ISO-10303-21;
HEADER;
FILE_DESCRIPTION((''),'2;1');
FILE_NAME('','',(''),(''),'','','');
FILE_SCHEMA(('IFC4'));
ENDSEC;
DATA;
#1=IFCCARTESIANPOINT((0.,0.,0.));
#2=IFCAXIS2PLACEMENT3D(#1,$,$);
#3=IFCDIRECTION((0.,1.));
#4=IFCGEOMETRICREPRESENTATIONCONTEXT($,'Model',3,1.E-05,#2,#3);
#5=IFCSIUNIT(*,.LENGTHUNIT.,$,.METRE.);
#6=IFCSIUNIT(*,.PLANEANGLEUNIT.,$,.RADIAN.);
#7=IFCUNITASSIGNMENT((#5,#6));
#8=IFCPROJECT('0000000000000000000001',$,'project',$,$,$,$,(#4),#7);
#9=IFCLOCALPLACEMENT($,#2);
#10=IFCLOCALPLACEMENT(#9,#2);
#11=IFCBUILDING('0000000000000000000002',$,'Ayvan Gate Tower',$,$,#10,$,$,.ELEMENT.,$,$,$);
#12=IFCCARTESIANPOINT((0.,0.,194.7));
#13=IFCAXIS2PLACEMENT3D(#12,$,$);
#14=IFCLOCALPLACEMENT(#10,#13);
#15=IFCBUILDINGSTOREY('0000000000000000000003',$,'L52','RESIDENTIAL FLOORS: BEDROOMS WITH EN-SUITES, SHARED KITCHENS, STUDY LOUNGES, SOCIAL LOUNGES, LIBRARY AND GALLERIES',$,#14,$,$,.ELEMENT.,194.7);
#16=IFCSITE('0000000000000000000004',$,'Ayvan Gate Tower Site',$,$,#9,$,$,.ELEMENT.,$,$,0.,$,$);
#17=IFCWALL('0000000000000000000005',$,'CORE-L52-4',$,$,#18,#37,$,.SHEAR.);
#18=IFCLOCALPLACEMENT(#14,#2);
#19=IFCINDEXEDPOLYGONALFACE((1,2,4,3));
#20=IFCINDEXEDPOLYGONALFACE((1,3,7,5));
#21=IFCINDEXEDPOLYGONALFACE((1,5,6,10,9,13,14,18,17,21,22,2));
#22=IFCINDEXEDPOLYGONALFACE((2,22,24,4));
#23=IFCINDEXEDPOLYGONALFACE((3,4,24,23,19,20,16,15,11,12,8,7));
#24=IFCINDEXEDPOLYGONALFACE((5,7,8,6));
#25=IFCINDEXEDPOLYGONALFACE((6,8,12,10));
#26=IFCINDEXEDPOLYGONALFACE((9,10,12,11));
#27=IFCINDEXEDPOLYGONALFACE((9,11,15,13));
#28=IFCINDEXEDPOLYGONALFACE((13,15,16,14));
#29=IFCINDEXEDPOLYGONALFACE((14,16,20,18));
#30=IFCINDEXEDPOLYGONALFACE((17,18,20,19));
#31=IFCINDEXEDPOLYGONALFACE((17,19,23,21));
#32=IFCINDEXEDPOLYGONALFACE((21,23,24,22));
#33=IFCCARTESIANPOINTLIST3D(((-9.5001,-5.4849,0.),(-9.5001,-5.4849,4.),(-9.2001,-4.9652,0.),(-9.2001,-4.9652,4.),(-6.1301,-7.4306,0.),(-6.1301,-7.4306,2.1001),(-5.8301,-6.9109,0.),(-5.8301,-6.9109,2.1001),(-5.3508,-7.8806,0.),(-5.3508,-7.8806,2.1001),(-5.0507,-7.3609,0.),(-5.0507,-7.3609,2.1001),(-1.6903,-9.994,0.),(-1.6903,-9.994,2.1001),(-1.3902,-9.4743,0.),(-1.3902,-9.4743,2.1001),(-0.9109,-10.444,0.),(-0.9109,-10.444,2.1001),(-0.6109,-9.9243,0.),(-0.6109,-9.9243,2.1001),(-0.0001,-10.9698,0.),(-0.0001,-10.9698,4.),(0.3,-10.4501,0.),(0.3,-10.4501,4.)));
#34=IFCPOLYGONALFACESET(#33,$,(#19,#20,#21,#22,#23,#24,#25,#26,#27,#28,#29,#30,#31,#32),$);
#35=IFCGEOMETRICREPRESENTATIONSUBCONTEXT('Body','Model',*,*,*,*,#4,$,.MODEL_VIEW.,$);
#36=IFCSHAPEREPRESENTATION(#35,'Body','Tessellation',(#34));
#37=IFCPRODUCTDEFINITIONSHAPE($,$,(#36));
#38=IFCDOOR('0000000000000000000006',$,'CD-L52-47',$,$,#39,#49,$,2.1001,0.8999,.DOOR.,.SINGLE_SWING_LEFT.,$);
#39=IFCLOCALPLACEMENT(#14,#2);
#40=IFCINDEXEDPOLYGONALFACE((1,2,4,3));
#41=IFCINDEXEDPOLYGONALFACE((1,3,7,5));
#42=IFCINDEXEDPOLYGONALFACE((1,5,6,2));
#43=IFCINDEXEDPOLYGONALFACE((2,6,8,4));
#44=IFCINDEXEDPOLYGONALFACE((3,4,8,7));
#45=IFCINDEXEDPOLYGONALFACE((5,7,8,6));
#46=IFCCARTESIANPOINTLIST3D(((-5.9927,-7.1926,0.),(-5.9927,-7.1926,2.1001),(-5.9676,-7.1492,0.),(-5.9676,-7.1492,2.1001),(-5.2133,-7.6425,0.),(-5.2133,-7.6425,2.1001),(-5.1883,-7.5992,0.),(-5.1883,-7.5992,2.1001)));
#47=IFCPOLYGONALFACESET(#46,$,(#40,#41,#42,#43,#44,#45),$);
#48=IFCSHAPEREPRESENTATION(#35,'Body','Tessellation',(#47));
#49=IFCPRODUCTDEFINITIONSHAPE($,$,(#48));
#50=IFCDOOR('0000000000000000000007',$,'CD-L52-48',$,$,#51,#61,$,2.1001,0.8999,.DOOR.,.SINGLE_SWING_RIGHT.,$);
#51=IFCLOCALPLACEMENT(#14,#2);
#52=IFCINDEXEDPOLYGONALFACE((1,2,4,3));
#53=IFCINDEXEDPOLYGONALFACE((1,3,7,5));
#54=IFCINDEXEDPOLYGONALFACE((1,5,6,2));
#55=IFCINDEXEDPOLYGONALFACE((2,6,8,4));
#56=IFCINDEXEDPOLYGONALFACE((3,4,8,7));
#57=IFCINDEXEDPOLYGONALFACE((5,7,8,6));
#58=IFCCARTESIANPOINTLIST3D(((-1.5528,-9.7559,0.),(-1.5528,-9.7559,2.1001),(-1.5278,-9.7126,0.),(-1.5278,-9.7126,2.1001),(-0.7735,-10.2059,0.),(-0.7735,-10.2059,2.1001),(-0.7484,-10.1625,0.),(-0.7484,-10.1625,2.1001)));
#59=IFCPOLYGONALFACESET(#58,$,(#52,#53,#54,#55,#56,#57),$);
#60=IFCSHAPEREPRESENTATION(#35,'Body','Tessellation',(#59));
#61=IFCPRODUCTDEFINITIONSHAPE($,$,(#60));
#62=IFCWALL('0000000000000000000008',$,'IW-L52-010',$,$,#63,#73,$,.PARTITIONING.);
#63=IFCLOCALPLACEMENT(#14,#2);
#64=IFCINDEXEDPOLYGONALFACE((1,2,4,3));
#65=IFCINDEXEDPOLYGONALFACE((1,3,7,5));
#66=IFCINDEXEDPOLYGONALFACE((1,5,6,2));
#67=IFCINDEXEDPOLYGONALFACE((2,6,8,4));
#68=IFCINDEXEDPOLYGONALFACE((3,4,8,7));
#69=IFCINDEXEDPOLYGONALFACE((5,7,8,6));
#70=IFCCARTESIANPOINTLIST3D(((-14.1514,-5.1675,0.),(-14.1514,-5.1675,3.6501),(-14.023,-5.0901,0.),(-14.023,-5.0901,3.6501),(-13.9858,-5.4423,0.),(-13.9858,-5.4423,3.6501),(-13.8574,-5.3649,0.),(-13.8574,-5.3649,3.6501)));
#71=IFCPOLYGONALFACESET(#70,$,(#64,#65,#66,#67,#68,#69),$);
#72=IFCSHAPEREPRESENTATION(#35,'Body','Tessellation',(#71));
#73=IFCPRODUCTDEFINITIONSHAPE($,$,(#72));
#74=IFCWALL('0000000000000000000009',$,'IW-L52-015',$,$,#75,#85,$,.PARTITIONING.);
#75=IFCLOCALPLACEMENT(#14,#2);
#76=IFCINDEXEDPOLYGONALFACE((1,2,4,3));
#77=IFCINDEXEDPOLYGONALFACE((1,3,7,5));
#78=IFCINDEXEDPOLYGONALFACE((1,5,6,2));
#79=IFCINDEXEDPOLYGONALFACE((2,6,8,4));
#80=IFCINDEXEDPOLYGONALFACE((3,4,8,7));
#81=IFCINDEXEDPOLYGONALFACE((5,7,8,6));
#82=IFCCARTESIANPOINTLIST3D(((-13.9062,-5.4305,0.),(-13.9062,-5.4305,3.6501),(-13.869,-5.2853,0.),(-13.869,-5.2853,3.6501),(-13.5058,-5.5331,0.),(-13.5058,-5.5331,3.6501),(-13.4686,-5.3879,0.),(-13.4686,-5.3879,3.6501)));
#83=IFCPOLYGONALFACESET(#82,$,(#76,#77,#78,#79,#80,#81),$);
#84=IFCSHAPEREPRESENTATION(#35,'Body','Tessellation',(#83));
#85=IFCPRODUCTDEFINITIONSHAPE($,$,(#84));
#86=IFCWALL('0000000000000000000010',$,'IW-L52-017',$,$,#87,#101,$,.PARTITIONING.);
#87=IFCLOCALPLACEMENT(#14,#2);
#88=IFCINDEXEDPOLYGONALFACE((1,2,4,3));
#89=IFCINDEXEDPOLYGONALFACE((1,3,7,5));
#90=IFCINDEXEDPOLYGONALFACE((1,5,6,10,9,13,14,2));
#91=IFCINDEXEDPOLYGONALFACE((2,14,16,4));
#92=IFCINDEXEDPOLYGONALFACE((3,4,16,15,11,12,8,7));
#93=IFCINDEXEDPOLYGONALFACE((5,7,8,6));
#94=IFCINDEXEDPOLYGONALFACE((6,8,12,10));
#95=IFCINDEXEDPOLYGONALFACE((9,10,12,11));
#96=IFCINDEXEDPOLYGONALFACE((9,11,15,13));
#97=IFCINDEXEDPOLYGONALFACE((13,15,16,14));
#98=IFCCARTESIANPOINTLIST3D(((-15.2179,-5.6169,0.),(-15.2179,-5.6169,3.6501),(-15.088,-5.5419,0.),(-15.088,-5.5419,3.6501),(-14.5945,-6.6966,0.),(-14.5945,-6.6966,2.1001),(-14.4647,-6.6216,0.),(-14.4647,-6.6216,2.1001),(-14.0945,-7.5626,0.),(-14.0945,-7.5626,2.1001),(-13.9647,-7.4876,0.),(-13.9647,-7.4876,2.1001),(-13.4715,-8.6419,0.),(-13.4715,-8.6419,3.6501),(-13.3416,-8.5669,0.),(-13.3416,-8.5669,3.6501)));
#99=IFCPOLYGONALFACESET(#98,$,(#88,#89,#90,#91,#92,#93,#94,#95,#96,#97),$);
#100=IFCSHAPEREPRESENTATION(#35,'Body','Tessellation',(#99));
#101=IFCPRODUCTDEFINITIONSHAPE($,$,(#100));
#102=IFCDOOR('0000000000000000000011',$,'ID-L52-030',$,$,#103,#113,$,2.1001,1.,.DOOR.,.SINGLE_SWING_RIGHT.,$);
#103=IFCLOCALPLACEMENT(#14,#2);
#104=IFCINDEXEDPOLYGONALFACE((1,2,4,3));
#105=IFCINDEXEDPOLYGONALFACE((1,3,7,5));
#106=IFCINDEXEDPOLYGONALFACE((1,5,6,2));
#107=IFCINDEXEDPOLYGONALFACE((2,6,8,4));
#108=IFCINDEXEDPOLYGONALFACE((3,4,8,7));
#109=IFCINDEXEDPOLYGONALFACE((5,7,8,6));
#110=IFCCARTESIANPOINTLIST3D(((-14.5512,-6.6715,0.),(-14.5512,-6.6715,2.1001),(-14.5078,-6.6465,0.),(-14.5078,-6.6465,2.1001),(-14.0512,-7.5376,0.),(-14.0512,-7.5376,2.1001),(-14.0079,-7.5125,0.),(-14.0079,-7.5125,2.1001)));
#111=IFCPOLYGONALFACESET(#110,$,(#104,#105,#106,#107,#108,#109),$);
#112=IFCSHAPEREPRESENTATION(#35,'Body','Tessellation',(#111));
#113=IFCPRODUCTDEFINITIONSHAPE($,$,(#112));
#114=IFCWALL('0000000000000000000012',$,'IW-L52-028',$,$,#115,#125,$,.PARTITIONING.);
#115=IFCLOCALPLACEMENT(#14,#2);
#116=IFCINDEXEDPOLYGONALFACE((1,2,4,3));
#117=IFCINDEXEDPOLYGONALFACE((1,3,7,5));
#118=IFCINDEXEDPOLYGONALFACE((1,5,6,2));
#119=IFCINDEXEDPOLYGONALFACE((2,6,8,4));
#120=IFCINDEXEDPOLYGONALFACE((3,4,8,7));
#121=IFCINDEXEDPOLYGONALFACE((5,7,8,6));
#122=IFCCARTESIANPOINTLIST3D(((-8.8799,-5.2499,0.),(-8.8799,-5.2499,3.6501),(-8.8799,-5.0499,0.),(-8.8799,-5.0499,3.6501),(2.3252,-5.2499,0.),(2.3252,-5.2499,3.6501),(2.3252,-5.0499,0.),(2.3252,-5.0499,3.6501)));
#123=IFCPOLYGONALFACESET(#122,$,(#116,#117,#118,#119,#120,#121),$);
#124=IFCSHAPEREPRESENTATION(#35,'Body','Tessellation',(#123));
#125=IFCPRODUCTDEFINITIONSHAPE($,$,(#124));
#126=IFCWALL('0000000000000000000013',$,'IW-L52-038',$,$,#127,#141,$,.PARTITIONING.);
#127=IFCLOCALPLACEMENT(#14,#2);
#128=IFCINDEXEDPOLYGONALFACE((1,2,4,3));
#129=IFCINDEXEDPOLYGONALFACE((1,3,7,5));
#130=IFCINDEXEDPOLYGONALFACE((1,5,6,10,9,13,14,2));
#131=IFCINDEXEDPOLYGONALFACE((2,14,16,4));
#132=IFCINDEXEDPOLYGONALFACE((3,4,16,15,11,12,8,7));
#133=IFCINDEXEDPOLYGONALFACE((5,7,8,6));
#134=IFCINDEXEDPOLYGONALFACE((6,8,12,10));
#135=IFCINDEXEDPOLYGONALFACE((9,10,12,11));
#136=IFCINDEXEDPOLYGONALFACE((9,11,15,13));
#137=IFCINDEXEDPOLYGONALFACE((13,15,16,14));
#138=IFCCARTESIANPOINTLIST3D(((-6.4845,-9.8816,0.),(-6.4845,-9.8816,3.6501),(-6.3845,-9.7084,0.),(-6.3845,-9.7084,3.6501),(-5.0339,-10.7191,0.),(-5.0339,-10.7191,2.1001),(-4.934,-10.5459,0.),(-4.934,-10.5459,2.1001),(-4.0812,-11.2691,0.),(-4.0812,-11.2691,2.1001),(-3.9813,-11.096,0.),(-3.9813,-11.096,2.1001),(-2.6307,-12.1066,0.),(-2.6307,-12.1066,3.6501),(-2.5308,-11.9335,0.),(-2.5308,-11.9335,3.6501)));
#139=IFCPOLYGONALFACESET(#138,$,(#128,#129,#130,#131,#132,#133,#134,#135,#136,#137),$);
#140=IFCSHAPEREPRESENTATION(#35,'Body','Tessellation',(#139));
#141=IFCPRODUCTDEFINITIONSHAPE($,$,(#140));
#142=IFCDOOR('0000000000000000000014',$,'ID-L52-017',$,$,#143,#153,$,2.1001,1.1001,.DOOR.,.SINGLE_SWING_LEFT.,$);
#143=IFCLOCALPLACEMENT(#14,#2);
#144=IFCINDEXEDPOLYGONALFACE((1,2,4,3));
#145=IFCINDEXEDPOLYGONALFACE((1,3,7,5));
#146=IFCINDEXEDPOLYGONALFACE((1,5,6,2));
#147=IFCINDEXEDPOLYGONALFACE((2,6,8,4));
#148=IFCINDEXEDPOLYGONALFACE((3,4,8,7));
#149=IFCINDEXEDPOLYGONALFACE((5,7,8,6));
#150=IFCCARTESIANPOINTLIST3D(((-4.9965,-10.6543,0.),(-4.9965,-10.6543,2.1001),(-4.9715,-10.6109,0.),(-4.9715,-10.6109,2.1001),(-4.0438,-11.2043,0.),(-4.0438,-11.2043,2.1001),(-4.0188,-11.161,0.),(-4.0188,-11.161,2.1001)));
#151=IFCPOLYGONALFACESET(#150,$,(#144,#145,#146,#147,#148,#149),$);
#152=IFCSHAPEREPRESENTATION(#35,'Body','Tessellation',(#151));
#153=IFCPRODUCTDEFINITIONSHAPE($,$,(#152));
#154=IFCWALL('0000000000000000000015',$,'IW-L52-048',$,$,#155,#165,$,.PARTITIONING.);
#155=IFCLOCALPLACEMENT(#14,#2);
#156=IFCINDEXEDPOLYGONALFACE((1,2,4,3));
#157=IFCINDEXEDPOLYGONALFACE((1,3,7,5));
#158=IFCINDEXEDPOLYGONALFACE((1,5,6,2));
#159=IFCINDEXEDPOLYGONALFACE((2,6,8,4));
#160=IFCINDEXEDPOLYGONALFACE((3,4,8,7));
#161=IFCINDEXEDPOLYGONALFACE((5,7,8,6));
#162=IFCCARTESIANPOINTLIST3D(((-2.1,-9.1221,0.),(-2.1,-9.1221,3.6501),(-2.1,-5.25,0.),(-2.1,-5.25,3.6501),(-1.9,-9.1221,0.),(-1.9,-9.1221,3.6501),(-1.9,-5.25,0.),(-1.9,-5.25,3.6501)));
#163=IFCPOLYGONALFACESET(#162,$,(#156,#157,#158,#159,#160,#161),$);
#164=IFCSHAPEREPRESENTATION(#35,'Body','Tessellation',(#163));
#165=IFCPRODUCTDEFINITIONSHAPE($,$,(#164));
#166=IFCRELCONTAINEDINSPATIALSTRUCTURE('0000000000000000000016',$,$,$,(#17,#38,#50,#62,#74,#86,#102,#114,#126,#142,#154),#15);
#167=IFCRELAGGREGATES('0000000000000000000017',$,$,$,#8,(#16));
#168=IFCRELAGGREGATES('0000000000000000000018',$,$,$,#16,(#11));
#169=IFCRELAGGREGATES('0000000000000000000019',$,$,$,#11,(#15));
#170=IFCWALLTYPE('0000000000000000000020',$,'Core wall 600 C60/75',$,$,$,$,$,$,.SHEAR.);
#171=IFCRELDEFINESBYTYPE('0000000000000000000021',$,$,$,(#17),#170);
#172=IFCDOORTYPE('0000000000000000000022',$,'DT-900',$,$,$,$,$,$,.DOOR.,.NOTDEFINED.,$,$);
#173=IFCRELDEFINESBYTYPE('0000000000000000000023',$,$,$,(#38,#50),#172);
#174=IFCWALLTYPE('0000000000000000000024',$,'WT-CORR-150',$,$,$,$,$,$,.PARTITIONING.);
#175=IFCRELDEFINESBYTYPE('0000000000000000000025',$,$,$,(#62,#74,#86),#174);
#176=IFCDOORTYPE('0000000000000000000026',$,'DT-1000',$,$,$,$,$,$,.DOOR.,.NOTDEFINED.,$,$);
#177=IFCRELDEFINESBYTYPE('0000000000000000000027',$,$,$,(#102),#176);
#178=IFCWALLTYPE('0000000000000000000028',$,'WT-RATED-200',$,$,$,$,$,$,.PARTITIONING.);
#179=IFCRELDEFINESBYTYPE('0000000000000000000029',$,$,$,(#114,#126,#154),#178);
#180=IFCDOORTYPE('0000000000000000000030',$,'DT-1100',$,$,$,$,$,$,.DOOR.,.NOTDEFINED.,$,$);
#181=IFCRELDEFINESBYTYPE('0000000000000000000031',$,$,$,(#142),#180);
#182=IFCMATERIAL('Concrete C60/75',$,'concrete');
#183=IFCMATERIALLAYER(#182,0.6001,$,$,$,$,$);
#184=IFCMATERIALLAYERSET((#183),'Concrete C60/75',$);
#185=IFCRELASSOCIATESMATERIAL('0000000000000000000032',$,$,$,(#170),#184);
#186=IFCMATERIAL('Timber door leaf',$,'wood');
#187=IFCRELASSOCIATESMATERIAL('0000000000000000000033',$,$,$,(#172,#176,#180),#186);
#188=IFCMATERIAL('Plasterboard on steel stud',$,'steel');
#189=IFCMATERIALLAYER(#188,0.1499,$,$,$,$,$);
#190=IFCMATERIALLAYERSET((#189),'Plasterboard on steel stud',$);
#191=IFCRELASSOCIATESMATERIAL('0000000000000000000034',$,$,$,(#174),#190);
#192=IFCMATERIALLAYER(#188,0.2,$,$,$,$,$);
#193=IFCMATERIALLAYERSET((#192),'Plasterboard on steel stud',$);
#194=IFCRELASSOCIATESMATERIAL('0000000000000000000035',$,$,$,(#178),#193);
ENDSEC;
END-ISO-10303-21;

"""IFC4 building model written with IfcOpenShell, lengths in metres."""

from ifc_helpers import new_model, si_unit, direction, frame, frame_2d, origin, place, context, subcontext, project, spatial, rectangle, extrude, material, layer, layer_set, type_object, element, fill, save


model = new_model("IFC4")

# Units and contexts
model_context = context("Model", 3, precision=1e-05, world=origin(), true_north=direction((0.0, 1.0)))
body_context = subcontext(model_context, "Body", "Model", "MODEL_VIEW")
ifc_project = project(units=[si_unit("LENGTHUNIT", "METRE"), si_unit("PLANEANGLEUNIT", "RADIAN")], contexts=[model_context])

# Site, building, storey
site_placement = place(None, origin())
site = spatial("IfcSite", under=ifc_project, at=site_placement, Name="Ayvan Gate Tower Site", CompositionType="ELEMENT", RefElevation=0.0)
building_placement = place(site_placement, origin())
building = spatial("IfcBuilding", under=site, at=building_placement, Name="Ayvan Gate Tower", CompositionType="ELEMENT")
storey_placement = place(building_placement, frame((0.0, 0.0, 194.7)))
storey = spatial("IfcBuildingStorey", under=building, at=storey_placement, Name="L52", Description="RESIDENTIAL FLOORS: BEDROOMS WITH EN-SUITES, SHARED KITCHENS, STUDY LOUNGES, SOCIAL LOUNGES, LIBRARY AND GALLERIES", CompositionType="ELEMENT", Elevation=194.7)

# Wall, openings, doors
ifc_material_1 = material(Name="Concrete C60/75", Category="concrete")
ifc_layer_1 = layer(ifc_material_1, 0.6001)
ifc_layer_set_1 = layer_set([ifc_layer_1], Name="Concrete C60/75")
wall_type_1 = type_object("IfcWallType", Name="Core wall 600 C60/75", PredefinedType="SHEAR", material=ifc_layer_set_1)
wall_1_placement = place(storey_placement, frame((-9.3501, -5.2251, 0.0), z_axis=(0.0, 0.0, 1.0), x_axis=(0.866024, -0.500002, 0.0)))
wall_1 = element("IfcWall", 1, at=wall_1_placement, inside=storey, type_object=wall_type_1, Name="CORE-L52-4", PredefinedType="SHEAR", context=body_context, shape_type="SweptSolid", body=[
    extrude(rectangle(XDim=10.9697, YDim=0.6001, at=frame_2d((5.4849, 0.0))), origin(), (0.0, 0.0, 1.0), 4.0),
])
opening_1_placement = place(wall_1_placement, frame((3.8914, 0.0, 0.0)))
opening_1 = element("IfcOpeningElement", 2, at=opening_1_placement, cuts=wall_1, PredefinedType="OPENING", context=body_context, shape_type="SweptSolid", body=[
    extrude(rectangle(XDim=0.8999, YDim=2.1001, at=frame_2d((0.45, 1.05))), frame((0.0, 0.3101, 0.0), z_axis=(0.0, -1.0, 0.0), x_axis=(1.0, 0.0, 0.0)), (0.0, 0.0, 1.0), 0.6201),
])
opening_2_placement = place(wall_1_placement, frame((9.0181, 0.0, 0.0)))
opening_2 = element("IfcOpeningElement", 3, at=opening_2_placement, cuts=wall_1, PredefinedType="OPENING", context=body_context, shape_type="SweptSolid", body=[
    extrude(rectangle(XDim=0.8999, YDim=2.1001, at=frame_2d((0.45, 1.05))), frame((0.0, 0.3101, 0.0), z_axis=(0.0, -1.0, 0.0), x_axis=(1.0, 0.0, 0.0)), (0.0, 0.0, 1.0), 0.6201),
])
ifc_material_2 = material(Name="Timber door leaf", Category="wood")
door_type_1 = type_object("IfcDoorType", Name="DT-900", OperationType="NOTDEFINED", PredefinedType="DOOR", material=ifc_material_2)
door_1_placement = place(opening_1_placement, origin())
door_1 = element("IfcDoor", 4, at=door_1_placement, inside=storey, type_object=door_type_1, Name="CD-L52-47", OperationType="SINGLE_SWING_LEFT", OverallHeight=2.1001, OverallWidth=0.8999, PredefinedType="DOOR", context=body_context, shape_type="SweptSolid", body=[
    extrude(rectangle(XDim=0.8999, YDim=2.1001, at=frame_2d((0.45, 1.05))), frame((0.0, 0.0249, 0.0), z_axis=(0.0, -1.0, 0.0), x_axis=(1.0, 0.0, 0.0)), (0.0, 0.0, 1.0), 0.05),
])
fill(opening_1, door_1)
door_2_placement = place(opening_2_placement, origin())
door_2 = element("IfcDoor", 5, at=door_2_placement, inside=storey, type_object=door_type_1, Name="CD-L52-48", OperationType="SINGLE_SWING_RIGHT", OverallHeight=2.1001, OverallWidth=0.8999, PredefinedType="DOOR", context=body_context, shape_type="SweptSolid", body=[
    extrude(rectangle(XDim=0.8999, YDim=2.1001, at=frame_2d((0.45, 1.05))), frame((0.0, 0.0249, 0.0), z_axis=(0.0, -1.0, 0.0), x_axis=(1.0, 0.0, 0.0)), (0.0, 0.0, 1.0), 0.05),
])
fill(opening_2, door_2)

# Walls
ifc_material_3 = material(Name="Plasterboard on steel stud", Category="steel")
ifc_layer_2 = layer(ifc_material_3, 0.1499)
ifc_layer_set_2 = layer_set([ifc_layer_2], Name="Plasterboard on steel stud")
wall_type_2 = type_object("IfcWallType", Name="WT-CORR-150", PredefinedType="PARTITIONING", material=ifc_layer_set_2)
wall_2_placement = place(storey_placement, frame((-13.9216, -5.4036, 0.0), z_axis=(0.0, 0.0, 1.0), x_axis=(-0.516174, 0.856484, 0.0)))
element("IfcWall", 6, at=wall_2_placement, inside=storey, type_object=wall_type_2, Name="IW-L52-010", PredefinedType="PARTITIONING", context=body_context, shape_type="SweptSolid", body=[
    extrude(rectangle(XDim=0.3208, YDim=0.1499, at=frame_2d((0.1604, 0.0))), origin(), (0.0, 0.0, 1.0), 3.6501),
])
wall_3_placement = place(storey_placement, frame((-13.4873, -5.4604, 0.0), z_axis=(0.0, 0.0, 1.0), x_axis=(-0.968737, 0.248091, 0.0)))
element("IfcWall", 7, at=wall_3_placement, inside=storey, type_object=wall_type_2, Name="IW-L52-015", PredefinedType="PARTITIONING", context=body_context, shape_type="SweptSolid", body=[
    extrude(rectangle(XDim=0.4133, YDim=0.1499, at=frame_2d((0.2065, 0.0))), origin(), (0.0, 0.0, 1.0), 3.6501),
])

# Wall, opening, door
wall_4_placement = place(storey_placement, frame((-13.4065, -8.6045, 0.0), z_axis=(0.0, 0.0, 1.0), x_axis=(-0.499981, 0.866037, 0.0)))
wall_4 = element("IfcWall", 8, at=wall_4_placement, inside=storey, type_object=wall_type_2, Name="IW-L52-017", PredefinedType="PARTITIONING", context=body_context, shape_type="SweptSolid", body=[
    extrude(rectangle(XDim=3.4929, YDim=0.1499, at=frame_2d((1.7466, 0.0))), origin(), (0.0, 0.0, 1.0), 3.6501),
])
opening_3_placement = place(wall_4_placement, frame((1.2463, 0.0, 0.0)))
opening_3 = element("IfcOpeningElement", 9, at=opening_3_placement, cuts=wall_4, PredefinedType="OPENING", context=body_context, shape_type="SweptSolid", body=[
    extrude(rectangle(XDim=1.0, YDim=2.1001, at=frame_2d((0.5, 1.05))), frame((0.0, 0.085, 0.0), z_axis=(0.0, -1.0, 0.0), x_axis=(1.0, 0.0, 0.0)), (0.0, 0.0, 1.0), 0.1699),
])
door_type_2 = type_object("IfcDoorType", Name="DT-1000", OperationType="NOTDEFINED", PredefinedType="DOOR", material=ifc_material_2)
door_3_placement = place(opening_3_placement, origin())
door_3 = element("IfcDoor", 10, at=door_3_placement, inside=storey, type_object=door_type_2, Name="ID-L52-030", OperationType="SINGLE_SWING_RIGHT", OverallHeight=2.1001, OverallWidth=1.0, PredefinedType="DOOR", context=body_context, shape_type="SweptSolid", body=[
    extrude(rectangle(XDim=1.0, YDim=2.1001, at=frame_2d((0.5, 1.05))), frame((0.0, 0.0249, 0.0), z_axis=(0.0, -1.0, 0.0), x_axis=(1.0, 0.0, 0.0)), (0.0, 0.0, 1.0), 0.05),
])
fill(opening_3, door_3)

# Wall
ifc_layer_3 = layer(ifc_material_3, 0.2)
ifc_layer_set_3 = layer_set([ifc_layer_3], Name="Plasterboard on steel stud")
wall_type_3 = type_object("IfcWallType", Name="WT-RATED-200", PredefinedType="PARTITIONING", material=ifc_layer_set_3)
wall_5_placement = place(storey_placement, frame((-8.8799, -5.1499, 0.0), z_axis=(0.0, 0.0, 1.0), x_axis=(1.0, 0.0, 0.0)))
element("IfcWall", 11, at=wall_5_placement, inside=storey, type_object=wall_type_3, Name="IW-L52-028", PredefinedType="PARTITIONING", context=body_context, shape_type="SweptSolid", body=[
    extrude(rectangle(XDim=11.2051, YDim=0.2, at=frame_2d((5.6025, 0.0))), origin(), (0.0, 0.0, 1.0), 3.6501),
])

# Wall, opening, door
wall_6_placement = place(storey_placement, frame((-6.4346, -9.7949, 0.0), z_axis=(0.0, 0.0, 1.0), x_axis=(0.866013, -0.500022, 0.0)))
wall_6 = element("IfcWall", 12, at=wall_6_placement, inside=storey, type_object=wall_type_3, Name="IW-L52-038", PredefinedType="PARTITIONING", context=body_context, shape_type="SweptSolid", body=[
    extrude(rectangle(XDim=4.45, YDim=0.2, at=frame_2d((2.2251, 0.0))), origin(), (0.0, 0.0, 1.0), 3.6501),
])
opening_4_placement = place(wall_6_placement, frame((1.675, 0.0, 0.0)))
opening_4 = element("IfcOpeningElement", 13, at=opening_4_placement, cuts=wall_6, PredefinedType="OPENING", context=body_context, shape_type="SweptSolid", body=[
    extrude(rectangle(XDim=1.1001, YDim=2.1001, at=frame_2d((0.55, 1.05))), frame((0.0, 0.1099, 0.0), z_axis=(0.0, -1.0, 0.0), x_axis=(1.0, 0.0, 0.0)), (0.0, 0.0, 1.0), 0.22),
])
door_type_3 = type_object("IfcDoorType", Name="DT-1100", OperationType="NOTDEFINED", PredefinedType="DOOR", material=ifc_material_2)
door_4_placement = place(opening_4_placement, origin())
door_4 = element("IfcDoor", 14, at=door_4_placement, inside=storey, type_object=door_type_3, Name="ID-L52-017", OperationType="SINGLE_SWING_LEFT", OverallHeight=2.1001, OverallWidth=1.1001, PredefinedType="DOOR", context=body_context, shape_type="SweptSolid", body=[
    extrude(rectangle(XDim=1.1001, YDim=2.1001, at=frame_2d((0.55, 1.05))), frame((0.0, 0.0249, 0.0), z_axis=(0.0, -1.0, 0.0), x_axis=(1.0, 0.0, 0.0)), (0.0, 0.0, 1.0), 0.05),
])
fill(opening_4, door_4)

# Wall
wall_7_placement = place(storey_placement, frame((-2.0, -5.25, 0.0), z_axis=(0.0, 0.0, 1.0), x_axis=(0.0, -1.0, 0.0)))
element("IfcWall", 15, at=wall_7_placement, inside=storey, type_object=wall_type_3, Name="IW-L52-048", PredefinedType="PARTITIONING", context=body_context, shape_type="SweptSolid", body=[
    extrude(rectangle(XDim=3.8721, YDim=0.2, at=frame_2d((1.936, 0.0))), origin(), (0.0, 0.0, 1.0), 3.6501),
])

save(model, "model.ifc")
